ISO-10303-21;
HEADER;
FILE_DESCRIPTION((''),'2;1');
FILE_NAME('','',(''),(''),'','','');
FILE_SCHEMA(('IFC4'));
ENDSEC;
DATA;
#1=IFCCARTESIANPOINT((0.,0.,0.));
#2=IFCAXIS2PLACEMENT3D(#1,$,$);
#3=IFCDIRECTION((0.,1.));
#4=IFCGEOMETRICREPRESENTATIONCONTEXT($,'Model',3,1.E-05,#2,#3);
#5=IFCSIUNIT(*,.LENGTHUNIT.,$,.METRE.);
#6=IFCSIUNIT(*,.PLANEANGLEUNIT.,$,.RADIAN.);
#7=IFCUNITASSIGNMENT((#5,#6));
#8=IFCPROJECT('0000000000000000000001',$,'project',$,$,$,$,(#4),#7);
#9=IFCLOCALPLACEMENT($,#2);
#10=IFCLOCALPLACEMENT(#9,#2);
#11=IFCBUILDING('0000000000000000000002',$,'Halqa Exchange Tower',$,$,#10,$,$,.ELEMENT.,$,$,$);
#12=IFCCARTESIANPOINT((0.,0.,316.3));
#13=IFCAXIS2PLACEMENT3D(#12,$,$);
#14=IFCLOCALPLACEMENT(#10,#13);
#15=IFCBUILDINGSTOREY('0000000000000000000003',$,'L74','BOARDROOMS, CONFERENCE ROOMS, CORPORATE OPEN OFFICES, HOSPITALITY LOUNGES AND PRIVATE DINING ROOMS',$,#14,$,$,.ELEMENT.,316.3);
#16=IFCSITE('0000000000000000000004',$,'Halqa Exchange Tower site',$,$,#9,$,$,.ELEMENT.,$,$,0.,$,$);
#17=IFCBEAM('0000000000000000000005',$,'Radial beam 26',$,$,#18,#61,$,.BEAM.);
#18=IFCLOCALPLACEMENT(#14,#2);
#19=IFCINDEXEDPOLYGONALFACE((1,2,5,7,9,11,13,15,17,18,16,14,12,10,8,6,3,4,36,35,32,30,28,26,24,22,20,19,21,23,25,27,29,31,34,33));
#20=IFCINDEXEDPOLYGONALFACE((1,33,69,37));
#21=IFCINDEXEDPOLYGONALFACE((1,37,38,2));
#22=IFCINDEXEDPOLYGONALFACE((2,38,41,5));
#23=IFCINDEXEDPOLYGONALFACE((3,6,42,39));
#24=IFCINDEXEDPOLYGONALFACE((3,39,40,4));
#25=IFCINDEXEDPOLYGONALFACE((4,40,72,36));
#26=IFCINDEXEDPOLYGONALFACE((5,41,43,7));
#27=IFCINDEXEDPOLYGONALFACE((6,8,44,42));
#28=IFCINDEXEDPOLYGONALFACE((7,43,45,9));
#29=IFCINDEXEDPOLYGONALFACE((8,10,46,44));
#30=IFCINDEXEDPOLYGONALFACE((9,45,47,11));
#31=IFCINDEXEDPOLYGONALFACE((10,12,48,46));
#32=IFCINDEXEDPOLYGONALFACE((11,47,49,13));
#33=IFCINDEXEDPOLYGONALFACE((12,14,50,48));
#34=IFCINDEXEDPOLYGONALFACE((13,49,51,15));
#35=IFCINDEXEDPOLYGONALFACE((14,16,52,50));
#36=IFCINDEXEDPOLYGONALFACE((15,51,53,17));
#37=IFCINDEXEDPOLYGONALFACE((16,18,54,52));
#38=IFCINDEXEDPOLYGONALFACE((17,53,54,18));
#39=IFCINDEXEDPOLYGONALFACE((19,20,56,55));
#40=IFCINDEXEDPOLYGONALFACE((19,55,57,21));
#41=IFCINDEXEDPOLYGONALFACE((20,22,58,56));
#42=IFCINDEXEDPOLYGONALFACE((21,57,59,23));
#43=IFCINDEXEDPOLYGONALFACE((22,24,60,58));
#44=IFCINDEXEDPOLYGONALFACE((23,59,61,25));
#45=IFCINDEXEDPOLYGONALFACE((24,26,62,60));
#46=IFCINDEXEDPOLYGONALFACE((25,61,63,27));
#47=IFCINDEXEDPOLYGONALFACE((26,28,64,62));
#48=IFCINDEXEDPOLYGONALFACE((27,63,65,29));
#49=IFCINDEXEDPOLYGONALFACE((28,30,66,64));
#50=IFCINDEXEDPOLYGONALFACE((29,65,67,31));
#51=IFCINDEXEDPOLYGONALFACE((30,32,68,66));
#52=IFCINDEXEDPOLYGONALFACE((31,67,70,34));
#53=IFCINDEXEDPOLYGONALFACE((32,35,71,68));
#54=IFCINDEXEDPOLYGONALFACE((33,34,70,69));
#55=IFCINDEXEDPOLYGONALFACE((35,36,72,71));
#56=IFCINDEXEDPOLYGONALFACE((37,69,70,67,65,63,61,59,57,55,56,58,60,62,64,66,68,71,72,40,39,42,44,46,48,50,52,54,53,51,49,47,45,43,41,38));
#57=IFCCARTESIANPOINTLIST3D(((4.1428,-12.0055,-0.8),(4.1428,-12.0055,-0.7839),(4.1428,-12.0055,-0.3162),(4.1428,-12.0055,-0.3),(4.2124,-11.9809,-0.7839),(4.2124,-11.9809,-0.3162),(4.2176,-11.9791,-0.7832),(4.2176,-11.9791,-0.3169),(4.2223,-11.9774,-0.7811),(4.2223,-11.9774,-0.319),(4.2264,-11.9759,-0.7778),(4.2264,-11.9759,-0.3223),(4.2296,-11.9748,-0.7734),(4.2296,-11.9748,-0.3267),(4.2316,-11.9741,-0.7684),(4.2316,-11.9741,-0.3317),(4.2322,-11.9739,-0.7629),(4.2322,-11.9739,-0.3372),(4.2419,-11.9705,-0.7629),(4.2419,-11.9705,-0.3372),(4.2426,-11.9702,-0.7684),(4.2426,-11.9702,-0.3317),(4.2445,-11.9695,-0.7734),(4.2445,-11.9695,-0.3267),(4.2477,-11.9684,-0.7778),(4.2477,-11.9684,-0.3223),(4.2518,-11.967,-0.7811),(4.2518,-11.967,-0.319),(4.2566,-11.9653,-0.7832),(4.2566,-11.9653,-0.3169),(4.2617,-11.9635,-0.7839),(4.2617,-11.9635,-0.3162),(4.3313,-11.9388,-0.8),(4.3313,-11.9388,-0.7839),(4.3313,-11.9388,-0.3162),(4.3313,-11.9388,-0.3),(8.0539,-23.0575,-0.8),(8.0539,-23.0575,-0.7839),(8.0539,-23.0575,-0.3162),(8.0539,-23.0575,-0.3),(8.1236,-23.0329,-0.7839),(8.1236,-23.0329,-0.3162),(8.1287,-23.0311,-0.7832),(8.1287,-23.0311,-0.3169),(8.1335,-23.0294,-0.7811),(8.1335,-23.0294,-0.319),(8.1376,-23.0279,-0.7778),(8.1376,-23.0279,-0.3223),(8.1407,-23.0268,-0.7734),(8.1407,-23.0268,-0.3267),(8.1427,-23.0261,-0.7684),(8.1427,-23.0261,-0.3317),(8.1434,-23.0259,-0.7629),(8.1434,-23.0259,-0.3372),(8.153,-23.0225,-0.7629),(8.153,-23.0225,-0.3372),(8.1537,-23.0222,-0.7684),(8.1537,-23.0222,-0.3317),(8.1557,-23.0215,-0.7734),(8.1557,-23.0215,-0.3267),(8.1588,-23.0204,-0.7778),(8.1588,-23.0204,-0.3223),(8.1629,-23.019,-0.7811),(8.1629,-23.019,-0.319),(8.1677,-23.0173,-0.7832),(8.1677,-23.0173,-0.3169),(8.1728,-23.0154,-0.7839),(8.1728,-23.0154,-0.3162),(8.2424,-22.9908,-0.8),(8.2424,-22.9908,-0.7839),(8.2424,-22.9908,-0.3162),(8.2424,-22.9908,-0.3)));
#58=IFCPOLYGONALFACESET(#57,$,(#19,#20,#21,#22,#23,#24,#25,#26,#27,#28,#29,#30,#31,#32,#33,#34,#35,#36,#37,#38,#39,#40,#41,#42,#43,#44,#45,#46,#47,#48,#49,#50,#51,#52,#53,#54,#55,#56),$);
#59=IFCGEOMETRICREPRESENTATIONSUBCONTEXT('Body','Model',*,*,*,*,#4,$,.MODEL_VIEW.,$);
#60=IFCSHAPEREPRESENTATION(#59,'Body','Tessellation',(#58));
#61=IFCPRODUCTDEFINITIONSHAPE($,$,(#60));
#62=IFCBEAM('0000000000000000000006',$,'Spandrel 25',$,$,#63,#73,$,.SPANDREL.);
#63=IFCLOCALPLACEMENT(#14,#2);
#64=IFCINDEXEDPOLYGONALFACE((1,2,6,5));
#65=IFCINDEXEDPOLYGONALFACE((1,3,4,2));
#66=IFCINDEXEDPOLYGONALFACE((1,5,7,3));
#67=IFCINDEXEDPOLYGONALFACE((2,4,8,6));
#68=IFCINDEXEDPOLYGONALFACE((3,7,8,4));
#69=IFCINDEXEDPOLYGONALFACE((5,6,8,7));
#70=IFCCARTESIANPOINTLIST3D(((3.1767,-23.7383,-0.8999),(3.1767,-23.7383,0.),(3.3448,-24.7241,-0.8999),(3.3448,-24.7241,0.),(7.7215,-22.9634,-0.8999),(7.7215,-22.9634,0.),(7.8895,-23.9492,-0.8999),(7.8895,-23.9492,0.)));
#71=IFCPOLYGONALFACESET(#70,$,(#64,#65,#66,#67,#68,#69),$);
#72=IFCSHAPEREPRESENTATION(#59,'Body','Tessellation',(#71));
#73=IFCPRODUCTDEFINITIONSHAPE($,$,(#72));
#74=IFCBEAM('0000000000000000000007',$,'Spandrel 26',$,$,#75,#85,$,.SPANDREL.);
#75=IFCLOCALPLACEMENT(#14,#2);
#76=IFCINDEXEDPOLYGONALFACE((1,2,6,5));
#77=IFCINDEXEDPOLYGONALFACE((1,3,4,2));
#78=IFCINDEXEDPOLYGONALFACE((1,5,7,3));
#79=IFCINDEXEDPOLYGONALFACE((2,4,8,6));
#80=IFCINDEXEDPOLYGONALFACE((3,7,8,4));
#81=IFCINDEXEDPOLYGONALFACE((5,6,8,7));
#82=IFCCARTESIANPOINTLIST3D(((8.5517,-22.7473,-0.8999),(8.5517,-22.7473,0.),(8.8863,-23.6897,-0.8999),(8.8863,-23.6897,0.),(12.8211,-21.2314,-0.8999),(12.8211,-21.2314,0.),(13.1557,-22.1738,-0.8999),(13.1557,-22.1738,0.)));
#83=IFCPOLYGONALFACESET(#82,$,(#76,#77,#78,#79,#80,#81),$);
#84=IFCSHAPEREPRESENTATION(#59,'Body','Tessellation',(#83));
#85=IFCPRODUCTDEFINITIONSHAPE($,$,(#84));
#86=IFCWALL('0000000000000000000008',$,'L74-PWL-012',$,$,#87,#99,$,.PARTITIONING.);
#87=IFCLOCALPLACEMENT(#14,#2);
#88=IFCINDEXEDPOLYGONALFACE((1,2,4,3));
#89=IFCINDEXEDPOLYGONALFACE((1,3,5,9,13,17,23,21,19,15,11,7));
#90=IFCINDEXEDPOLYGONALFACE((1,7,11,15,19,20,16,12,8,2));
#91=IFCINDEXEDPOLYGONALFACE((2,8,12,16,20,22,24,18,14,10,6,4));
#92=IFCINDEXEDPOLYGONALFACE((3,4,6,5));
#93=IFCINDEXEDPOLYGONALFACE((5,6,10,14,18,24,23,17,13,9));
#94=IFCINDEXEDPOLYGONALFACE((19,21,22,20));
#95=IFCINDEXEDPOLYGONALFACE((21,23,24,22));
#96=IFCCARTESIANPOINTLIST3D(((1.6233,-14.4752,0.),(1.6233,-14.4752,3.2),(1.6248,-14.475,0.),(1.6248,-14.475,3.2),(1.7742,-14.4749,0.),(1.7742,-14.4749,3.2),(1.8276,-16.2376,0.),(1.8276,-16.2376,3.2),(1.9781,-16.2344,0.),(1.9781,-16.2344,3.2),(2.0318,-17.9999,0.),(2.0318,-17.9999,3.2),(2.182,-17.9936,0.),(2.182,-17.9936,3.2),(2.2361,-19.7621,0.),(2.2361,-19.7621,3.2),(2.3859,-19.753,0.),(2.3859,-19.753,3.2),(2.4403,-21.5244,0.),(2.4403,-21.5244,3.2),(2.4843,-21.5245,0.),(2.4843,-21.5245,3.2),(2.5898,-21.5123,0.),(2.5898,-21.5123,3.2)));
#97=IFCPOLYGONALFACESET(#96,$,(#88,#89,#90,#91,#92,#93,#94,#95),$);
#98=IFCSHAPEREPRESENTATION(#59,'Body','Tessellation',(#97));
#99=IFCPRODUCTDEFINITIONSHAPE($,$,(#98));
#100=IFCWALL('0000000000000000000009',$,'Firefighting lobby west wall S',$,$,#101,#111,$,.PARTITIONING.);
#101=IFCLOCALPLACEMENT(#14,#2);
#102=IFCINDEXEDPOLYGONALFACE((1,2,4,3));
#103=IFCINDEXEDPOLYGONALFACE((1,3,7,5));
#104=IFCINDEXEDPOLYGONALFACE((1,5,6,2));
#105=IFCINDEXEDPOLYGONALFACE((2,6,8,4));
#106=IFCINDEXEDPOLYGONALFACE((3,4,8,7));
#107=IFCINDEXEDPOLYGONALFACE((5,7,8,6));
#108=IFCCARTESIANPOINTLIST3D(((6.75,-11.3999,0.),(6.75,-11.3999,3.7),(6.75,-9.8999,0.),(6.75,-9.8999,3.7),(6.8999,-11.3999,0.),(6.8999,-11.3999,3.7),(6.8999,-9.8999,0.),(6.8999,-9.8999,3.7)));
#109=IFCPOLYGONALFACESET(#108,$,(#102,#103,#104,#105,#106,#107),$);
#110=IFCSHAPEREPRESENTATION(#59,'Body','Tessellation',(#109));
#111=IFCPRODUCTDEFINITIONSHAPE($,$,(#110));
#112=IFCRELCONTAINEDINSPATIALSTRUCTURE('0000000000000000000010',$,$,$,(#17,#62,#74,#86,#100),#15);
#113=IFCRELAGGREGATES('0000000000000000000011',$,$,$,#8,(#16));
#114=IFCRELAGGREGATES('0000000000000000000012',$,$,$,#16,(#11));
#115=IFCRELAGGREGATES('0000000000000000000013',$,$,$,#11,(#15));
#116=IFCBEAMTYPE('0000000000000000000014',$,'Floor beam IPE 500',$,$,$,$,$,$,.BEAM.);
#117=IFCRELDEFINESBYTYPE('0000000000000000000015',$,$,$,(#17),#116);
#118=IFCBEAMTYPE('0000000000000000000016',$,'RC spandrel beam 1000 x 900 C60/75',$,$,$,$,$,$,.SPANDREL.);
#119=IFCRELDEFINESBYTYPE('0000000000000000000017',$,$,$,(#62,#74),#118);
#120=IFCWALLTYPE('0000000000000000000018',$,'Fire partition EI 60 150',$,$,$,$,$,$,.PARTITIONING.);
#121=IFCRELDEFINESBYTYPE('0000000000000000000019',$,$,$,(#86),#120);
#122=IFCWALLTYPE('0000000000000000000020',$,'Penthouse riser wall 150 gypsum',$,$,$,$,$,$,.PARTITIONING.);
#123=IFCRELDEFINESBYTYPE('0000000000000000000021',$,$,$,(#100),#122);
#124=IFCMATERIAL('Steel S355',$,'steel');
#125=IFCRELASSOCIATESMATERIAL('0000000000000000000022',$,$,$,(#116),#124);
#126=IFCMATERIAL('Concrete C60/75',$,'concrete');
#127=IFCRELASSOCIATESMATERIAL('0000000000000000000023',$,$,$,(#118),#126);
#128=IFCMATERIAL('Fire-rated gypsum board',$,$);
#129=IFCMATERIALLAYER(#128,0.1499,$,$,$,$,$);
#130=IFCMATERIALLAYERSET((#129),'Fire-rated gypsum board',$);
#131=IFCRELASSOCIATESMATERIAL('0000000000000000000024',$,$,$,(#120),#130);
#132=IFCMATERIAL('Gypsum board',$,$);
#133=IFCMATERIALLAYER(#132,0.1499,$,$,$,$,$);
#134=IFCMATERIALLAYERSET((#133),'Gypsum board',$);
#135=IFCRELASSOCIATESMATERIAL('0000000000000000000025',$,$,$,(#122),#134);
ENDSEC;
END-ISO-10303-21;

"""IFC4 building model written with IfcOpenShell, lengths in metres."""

from ifc_helpers import new_model, si_unit, direction, frame, frame_2d, origin, origin_2d, place, context, subcontext, project, spatial, polyline, rectangle, i_section, outline, extrude, material, layer, layer_set, material_profile, profile_set, type_object, element, save


model = new_model("IFC4")

# Units and contexts
model_context = context("Model", 3, precision=1e-05, world=origin(), true_north=direction((0.0, 1.0)))
body_context = subcontext(model_context, "Body", "Model", "MODEL_VIEW")
ifc_project = project(units=[si_unit("LENGTHUNIT", "METRE"), si_unit("PLANEANGLEUNIT", "RADIAN")], contexts=[model_context])

# Site, building, storey
site_placement = place(None, origin())
site = spatial("IfcSite", under=ifc_project, at=site_placement, Name="Halqa Exchange Tower site", CompositionType="ELEMENT", RefElevation=0.0)
building_placement = place(site_placement, origin())
building = spatial("IfcBuilding", under=site, at=building_placement, Name="Halqa Exchange Tower", CompositionType="ELEMENT")
storey_placement = place(building_placement, frame((0.0, 0.0, 316.3)))
storey = spatial("IfcBuildingStorey", under=building, at=storey_placement, Name="L74", Description="BOARDROOMS, CONFERENCE ROOMS, CORPORATE OPEN OFFICES, HOSPITALITY LOUNGES AND PRIVATE DINING ROOMS", CompositionType="ELEMENT", Elevation=316.3)

# Beams
ifc_material_1 = material(Name="Steel S355", Category="steel")
ifc_material_profile_1 = material_profile(ifc_material_1, i_section(OverallWidth=0.2, OverallDepth=0.5, WebThickness=0.0103, FlangeThickness=0.0161, FilletRadius=0.021, at=origin_2d()), Name="IPE 500")
ifc_profile_set_1 = profile_set([ifc_material_profile_1], Name="Steel S355")
beam_type_1 = type_object("IfcBeamType", Name="Floor beam IPE 500", PredefinedType="BEAM", material=ifc_profile_set_1)
beam_1_placement = place(storey_placement, frame((4.2371, -11.9722, -0.55), z_axis=(0.333611, -0.942711, 0.0), x_axis=(0.942711, 0.333611, 0.0)))
element("IfcBeam", 1, at=beam_1_placement, inside=storey, type_object=beam_type_1, Name="Radial beam 26", PredefinedType="BEAM", context=body_context, shape_type="SweptSolid", body=[
    extrude(i_section(OverallWidth=0.2, OverallDepth=0.5, WebThickness=0.0103, FlangeThickness=0.0161, FilletRadius=0.021, at=origin_2d()), origin(), (0.0, 0.0, 1.0), 11.7236),
])
ifc_material_2 = material(Name="Concrete C60/75", Category="concrete")
ifc_material_profile_2 = material_profile(ifc_material_2, rectangle(XDim=1.0, YDim=0.8999, at=origin_2d()), Name="1000 x 900")
ifc_profile_set_2 = profile_set([ifc_material_profile_2], Name="Concrete C60/75")
beam_type_2 = type_object("IfcBeamType", Name="RC spandrel beam 1000 x 900 C60/75", PredefinedType="SPANDREL", material=ifc_profile_set_2)
beam_2_placement = place(storey_placement, frame((3.2607, -24.2312, -0.45), z_axis=(0.985773, 0.168082, 0.0), x_axis=(-0.168082, 0.985773, 0.0)))
element("IfcBeam", 2, at=beam_2_placement, inside=storey, type_object=beam_type_2, Name="Spandrel 25", PredefinedType="SPANDREL", context=body_context, shape_type="SweptSolid", body=[
    extrude(rectangle(XDim=1.0, YDim=0.8999, at=origin_2d()), origin(), (0.0, 0.0, 1.0), 4.6104),
])
beam_3_placement = place(storey_placement, frame((8.719, -23.2185, -0.45), z_axis=(0.942361, 0.334598, 0.0), x_axis=(-0.334598, 0.942361, 0.0)))
element("IfcBeam", 3, at=beam_3_placement, inside=storey, type_object=beam_type_2, Name="Spandrel 26", PredefinedType="SPANDREL", context=body_context, shape_type="SweptSolid", body=[
    extrude(rectangle(XDim=1.0, YDim=0.8999, at=origin_2d()), origin(), (0.0, 0.0, 1.0), 4.5305),
])

# Walls
ifc_material_3 = material(Name="Fire-rated gypsum board")
ifc_layer_1 = layer(ifc_material_3, 0.1499)
ifc_layer_set_1 = layer_set([ifc_layer_1], Name="Fire-rated gypsum board")
wall_type_1 = type_object("IfcWallType", Name="Fire partition EI 60 150", PredefinedType="PARTITIONING", material=ifc_layer_set_1)
wall_1_placement = place(storey_placement, frame((1.6978, -14.4666, 0.0), z_axis=(0.0, 0.0, 1.0), x_axis=(0.115132, -0.99335, 0.0)))
element("IfcWall", 4, at=wall_1_placement, inside=storey, type_object=wall_type_1, Name="L74-PWL-012", PredefinedType="PARTITIONING", context=body_context, shape_type="SweptSolid", body=[
    extrude(outline(polyline([(0.0, -0.075), (1.7742, -0.075), (3.5483, -0.075), (5.3223, -0.075), (7.0964, -0.075), (7.1016, -0.0312), (7.1016, 0.075), (5.3306, 0.075), (3.5593, 0.075), (1.7883, 0.075), (0.0171, 0.075), (0.0, -0.0735), (0.0, -0.075)])), origin(), (0.0, 0.0, 1.0), 3.2),
])
ifc_material_4 = material(Name="Gypsum board")
ifc_layer_2 = layer(ifc_material_4, 0.1499)
ifc_layer_set_2 = layer_set([ifc_layer_2], Name="Gypsum board")
wall_type_2 = type_object("IfcWallType", Name="Penthouse riser wall 150 gypsum", PredefinedType="PARTITIONING", material=ifc_layer_set_2)
wall_2_placement = place(storey_placement, frame((6.825, -11.3999, 0.0), z_axis=(0.0, 0.0, 1.0), x_axis=(0.0, 1.0, 0.0)))
element("IfcWall", 5, at=wall_2_placement, inside=storey, type_object=wall_type_2, Name="Firefighting lobby west wall S", PredefinedType="PARTITIONING", context=body_context, shape_type="SweptSolid", body=[
    extrude(rectangle(XDim=1.5, YDim=0.1499, at=frame_2d((0.75, 0.0))), origin(), (0.0, 0.0, 1.0), 3.7),
])

save(model, "model.ifc")
